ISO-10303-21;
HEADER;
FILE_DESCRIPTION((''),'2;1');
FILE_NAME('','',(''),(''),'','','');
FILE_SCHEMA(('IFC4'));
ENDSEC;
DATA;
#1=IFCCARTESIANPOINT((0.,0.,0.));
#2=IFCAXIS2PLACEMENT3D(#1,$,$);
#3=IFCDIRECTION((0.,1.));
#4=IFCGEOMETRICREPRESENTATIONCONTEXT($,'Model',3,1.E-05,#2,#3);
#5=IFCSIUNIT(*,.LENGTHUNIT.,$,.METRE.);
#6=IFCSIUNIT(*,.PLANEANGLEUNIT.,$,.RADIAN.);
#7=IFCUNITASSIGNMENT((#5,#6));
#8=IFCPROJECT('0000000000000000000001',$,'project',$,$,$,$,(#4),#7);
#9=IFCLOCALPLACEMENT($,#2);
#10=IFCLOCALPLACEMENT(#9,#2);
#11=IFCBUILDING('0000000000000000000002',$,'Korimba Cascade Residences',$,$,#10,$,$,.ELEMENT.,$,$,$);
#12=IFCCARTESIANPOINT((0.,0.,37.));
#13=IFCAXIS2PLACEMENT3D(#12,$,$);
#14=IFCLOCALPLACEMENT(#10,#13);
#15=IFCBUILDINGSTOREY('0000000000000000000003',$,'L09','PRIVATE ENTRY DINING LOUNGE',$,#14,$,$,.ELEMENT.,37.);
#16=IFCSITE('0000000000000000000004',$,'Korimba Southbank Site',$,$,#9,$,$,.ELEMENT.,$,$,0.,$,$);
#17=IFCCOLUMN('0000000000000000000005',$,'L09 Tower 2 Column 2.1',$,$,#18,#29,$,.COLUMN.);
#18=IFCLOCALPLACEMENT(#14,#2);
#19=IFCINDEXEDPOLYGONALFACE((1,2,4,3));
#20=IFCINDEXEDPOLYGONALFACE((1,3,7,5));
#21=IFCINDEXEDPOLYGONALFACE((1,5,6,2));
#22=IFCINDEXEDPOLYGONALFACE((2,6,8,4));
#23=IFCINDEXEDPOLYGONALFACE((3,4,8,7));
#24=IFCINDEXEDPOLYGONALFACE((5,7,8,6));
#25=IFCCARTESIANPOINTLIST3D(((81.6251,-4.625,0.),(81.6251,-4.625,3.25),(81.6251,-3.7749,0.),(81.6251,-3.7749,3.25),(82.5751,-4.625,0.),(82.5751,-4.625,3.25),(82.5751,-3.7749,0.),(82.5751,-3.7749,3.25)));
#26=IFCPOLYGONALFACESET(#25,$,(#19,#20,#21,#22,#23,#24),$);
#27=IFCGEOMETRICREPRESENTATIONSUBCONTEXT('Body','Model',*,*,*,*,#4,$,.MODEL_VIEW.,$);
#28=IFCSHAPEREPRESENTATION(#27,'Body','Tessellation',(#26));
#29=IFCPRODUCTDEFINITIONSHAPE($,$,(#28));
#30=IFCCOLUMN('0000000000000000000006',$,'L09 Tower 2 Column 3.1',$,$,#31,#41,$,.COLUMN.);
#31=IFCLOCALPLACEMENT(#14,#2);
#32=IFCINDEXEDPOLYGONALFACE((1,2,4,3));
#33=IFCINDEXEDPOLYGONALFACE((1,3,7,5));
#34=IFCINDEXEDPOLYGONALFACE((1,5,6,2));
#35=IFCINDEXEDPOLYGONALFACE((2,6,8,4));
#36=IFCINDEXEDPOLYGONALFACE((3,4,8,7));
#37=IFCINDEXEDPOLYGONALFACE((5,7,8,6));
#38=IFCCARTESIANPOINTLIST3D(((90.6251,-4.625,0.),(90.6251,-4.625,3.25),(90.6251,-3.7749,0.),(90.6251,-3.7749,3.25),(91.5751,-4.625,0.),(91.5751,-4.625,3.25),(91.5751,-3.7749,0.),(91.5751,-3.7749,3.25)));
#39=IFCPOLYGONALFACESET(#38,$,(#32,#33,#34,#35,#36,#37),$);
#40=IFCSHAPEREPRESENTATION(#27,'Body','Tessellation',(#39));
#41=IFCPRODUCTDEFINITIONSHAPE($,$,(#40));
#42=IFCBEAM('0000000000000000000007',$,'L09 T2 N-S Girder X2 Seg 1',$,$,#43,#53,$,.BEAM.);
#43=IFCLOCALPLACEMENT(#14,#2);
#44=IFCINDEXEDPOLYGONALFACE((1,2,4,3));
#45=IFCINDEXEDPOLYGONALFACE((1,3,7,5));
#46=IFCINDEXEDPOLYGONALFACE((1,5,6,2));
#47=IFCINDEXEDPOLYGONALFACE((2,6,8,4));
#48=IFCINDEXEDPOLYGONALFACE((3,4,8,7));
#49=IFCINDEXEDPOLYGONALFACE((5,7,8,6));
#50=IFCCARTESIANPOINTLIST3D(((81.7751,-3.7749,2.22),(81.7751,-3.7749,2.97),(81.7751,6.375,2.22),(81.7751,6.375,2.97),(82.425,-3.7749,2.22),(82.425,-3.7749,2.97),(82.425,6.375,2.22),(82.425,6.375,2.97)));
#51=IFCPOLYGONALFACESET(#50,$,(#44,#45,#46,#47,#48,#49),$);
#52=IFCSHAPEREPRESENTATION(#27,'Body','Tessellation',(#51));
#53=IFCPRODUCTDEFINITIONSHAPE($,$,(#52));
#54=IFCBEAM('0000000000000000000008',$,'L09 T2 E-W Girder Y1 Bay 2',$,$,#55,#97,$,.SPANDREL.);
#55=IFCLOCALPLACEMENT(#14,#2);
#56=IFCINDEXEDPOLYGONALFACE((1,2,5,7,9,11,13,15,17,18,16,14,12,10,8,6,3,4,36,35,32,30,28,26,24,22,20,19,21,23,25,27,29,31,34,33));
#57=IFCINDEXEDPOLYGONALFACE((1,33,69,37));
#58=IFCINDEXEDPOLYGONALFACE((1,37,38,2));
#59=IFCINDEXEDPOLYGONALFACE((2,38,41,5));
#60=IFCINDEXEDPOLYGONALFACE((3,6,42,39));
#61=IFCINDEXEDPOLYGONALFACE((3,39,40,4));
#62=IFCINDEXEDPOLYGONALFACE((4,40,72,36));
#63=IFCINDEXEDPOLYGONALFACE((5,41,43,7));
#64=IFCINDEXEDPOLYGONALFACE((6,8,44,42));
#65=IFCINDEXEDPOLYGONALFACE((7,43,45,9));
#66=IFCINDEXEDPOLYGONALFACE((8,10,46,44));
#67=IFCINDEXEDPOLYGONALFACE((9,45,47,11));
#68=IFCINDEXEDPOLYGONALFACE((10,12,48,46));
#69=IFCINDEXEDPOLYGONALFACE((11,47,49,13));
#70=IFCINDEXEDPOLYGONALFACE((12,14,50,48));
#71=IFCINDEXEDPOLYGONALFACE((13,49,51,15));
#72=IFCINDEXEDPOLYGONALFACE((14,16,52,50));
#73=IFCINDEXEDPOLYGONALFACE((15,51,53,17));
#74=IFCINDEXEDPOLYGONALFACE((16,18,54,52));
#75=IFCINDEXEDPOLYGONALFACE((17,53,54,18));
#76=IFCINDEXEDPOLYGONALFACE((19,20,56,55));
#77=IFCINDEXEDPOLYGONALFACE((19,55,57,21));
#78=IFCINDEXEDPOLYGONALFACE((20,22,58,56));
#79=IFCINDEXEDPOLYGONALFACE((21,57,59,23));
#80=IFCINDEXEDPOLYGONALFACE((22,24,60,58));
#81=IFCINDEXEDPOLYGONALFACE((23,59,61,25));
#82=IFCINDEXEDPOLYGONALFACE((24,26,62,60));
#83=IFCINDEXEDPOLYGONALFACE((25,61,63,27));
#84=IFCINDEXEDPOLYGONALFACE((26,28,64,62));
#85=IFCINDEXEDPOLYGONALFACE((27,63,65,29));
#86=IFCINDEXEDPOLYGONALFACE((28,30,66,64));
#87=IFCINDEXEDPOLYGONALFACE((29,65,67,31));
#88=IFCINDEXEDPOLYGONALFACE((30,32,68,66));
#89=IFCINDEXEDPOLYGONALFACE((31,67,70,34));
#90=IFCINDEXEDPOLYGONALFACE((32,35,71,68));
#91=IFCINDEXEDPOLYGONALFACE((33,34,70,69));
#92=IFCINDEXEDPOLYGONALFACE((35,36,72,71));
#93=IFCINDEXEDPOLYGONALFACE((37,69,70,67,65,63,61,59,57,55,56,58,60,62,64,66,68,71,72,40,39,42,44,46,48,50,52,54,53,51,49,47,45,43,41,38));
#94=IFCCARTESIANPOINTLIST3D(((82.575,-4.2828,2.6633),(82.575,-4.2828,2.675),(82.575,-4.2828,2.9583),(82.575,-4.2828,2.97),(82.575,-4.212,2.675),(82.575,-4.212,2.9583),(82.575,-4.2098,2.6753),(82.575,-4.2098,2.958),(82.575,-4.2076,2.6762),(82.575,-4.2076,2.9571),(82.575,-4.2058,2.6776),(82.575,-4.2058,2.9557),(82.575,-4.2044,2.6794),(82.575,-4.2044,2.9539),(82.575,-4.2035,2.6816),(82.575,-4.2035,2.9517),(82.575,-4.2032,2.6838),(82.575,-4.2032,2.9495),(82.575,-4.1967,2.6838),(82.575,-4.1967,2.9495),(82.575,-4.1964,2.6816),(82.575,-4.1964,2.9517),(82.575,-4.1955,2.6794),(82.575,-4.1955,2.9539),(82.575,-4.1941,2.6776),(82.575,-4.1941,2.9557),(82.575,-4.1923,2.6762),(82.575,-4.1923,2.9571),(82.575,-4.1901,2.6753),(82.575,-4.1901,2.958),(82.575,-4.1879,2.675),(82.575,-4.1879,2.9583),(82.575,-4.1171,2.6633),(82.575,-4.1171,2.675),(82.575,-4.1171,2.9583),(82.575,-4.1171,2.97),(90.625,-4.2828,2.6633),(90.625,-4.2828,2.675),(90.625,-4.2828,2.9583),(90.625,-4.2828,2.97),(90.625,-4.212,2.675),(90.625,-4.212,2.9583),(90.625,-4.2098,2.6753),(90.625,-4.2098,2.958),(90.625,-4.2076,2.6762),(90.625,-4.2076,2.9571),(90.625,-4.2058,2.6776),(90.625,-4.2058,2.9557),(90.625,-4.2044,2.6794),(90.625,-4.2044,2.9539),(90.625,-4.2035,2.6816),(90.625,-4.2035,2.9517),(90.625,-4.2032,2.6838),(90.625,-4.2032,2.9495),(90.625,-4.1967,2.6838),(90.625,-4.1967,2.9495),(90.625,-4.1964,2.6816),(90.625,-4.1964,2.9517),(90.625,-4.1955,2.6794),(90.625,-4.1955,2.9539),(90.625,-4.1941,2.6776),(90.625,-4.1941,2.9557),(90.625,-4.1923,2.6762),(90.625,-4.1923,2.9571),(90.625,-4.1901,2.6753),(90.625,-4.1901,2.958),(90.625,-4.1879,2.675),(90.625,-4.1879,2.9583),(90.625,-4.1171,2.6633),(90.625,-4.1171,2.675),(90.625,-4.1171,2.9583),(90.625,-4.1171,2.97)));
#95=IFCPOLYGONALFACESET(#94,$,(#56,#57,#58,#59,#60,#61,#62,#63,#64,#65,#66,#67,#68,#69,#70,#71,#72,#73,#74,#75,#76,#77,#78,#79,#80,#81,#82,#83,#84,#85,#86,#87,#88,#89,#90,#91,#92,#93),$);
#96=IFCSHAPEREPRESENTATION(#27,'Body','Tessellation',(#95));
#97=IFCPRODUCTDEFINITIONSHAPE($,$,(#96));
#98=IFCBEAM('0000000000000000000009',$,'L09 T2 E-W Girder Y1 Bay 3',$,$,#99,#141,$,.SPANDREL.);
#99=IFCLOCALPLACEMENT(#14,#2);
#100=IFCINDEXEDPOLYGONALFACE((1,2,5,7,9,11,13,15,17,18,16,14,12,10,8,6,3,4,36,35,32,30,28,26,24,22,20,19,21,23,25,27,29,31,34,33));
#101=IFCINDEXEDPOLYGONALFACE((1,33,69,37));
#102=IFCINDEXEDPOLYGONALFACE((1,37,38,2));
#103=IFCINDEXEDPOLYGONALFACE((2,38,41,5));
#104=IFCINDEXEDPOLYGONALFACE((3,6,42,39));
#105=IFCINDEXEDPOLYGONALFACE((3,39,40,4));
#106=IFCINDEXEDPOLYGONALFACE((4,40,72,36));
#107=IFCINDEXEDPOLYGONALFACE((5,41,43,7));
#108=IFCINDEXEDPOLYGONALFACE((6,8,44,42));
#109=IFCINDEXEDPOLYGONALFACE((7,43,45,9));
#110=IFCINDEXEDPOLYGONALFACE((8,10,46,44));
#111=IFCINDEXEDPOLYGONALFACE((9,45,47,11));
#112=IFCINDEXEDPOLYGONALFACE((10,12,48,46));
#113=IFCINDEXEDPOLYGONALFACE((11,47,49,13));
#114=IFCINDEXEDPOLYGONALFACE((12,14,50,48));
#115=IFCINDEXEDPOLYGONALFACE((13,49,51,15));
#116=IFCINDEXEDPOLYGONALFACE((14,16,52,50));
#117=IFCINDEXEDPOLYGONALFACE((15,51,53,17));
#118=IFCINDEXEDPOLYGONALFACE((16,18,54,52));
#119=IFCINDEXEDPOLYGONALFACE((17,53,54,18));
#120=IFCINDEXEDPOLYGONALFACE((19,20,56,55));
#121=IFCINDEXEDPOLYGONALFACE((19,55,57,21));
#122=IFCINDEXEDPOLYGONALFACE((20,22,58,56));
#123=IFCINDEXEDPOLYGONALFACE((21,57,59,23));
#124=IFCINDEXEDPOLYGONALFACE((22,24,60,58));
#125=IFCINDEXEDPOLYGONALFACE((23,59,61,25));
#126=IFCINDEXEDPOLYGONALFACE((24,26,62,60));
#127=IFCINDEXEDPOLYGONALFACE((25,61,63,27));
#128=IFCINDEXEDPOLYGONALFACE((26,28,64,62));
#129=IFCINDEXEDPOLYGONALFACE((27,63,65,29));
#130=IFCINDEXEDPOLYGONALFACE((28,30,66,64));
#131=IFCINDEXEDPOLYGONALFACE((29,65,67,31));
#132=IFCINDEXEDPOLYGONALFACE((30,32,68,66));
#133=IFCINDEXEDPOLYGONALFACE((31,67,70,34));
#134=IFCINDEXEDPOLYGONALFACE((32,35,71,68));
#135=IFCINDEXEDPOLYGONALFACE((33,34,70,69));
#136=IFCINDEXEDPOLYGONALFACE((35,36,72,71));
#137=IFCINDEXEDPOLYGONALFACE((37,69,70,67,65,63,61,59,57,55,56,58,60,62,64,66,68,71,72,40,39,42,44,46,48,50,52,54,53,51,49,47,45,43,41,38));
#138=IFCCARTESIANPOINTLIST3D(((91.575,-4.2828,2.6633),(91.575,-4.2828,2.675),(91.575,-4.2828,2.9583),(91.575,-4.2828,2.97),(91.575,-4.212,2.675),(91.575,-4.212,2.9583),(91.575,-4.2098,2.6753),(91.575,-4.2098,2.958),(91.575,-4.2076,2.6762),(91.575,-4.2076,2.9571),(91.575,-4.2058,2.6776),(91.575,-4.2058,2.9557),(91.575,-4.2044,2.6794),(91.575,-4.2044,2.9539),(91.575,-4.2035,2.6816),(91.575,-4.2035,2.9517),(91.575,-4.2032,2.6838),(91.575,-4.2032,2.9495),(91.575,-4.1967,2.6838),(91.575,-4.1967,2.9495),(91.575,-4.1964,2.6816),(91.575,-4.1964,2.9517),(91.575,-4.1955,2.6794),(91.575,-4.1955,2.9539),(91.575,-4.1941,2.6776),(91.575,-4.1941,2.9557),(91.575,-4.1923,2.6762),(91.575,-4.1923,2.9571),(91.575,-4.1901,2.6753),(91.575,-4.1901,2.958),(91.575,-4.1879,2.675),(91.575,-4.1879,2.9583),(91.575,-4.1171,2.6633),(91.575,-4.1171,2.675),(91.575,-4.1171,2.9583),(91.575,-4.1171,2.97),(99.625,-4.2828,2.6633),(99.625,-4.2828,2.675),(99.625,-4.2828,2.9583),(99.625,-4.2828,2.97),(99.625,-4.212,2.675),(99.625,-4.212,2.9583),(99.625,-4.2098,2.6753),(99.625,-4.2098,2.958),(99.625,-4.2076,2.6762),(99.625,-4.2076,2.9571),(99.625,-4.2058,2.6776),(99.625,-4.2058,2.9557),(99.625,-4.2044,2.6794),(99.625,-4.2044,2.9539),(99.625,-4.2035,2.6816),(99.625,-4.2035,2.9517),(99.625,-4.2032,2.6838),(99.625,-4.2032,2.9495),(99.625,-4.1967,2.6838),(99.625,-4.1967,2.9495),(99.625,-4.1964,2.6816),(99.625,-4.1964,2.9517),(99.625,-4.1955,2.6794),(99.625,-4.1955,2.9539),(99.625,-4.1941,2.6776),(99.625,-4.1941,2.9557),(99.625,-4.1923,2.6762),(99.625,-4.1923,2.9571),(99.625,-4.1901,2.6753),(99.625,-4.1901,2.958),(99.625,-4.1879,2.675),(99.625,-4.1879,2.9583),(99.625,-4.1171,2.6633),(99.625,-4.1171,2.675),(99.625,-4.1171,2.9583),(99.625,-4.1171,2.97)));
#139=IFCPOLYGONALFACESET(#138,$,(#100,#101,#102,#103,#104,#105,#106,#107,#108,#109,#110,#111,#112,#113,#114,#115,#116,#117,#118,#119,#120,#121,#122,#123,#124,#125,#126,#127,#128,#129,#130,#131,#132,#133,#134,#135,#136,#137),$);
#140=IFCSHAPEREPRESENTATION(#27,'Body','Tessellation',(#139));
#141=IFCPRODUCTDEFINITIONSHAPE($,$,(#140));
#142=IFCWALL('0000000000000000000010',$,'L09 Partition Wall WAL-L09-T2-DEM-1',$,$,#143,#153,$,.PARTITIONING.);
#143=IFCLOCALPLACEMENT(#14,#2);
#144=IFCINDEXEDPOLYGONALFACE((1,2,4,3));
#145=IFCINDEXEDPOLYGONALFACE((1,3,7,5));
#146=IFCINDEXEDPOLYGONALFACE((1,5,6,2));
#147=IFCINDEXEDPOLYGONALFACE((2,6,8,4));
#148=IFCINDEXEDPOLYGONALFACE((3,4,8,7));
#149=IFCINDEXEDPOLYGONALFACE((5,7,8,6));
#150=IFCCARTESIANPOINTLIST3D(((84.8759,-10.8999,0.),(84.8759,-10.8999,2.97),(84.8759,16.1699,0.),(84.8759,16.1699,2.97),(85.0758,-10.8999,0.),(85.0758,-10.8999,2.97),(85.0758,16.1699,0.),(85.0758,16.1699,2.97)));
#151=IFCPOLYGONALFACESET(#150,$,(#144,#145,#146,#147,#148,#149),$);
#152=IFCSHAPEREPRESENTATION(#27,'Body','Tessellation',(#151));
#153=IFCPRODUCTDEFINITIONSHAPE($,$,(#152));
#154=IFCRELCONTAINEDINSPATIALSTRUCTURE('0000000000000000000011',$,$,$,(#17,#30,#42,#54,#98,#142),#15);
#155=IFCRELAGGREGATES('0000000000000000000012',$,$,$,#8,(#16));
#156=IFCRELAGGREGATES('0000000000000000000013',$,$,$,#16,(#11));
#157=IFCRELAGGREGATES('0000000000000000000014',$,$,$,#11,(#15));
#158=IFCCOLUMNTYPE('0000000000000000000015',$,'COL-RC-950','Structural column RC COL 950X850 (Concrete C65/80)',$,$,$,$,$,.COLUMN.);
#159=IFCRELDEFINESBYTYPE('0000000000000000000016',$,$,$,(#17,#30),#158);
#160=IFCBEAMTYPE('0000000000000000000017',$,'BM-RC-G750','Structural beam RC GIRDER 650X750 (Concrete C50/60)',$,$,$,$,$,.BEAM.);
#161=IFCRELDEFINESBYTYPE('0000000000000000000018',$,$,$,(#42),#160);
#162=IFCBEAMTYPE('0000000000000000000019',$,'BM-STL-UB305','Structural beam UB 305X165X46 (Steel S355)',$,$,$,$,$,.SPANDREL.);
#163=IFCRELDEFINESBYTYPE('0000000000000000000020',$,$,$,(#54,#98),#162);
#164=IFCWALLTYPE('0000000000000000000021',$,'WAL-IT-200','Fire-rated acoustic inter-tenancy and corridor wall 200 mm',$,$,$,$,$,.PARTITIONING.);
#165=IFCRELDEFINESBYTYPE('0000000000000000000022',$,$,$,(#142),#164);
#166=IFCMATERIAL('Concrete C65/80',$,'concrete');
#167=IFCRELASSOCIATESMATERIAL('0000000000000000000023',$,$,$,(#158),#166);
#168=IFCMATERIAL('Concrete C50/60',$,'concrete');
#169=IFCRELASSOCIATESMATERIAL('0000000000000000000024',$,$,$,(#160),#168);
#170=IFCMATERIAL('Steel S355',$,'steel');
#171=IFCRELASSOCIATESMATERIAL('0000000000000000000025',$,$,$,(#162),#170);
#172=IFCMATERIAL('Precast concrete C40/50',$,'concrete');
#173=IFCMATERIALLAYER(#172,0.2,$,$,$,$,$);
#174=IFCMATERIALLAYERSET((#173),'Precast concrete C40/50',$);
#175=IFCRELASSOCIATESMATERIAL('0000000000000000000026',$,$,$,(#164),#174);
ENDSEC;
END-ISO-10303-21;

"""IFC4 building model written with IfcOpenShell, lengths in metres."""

from ifc_helpers import new_model, si_unit, direction, frame, frame_2d, origin, origin_2d, place, context, subcontext, project, spatial, rectangle, i_section, extrude, material, layer, layer_set, material_profile, profile_set, type_object, element, save


model = new_model("IFC4")

# Units and contexts
model_context = context("Model", 3, precision=1e-05, world=origin(), true_north=direction((0.0, 1.0)))
body_context = subcontext(model_context, "Body", "Model", "MODEL_VIEW")
ifc_project = project(units=[si_unit("LENGTHUNIT", "METRE"), si_unit("PLANEANGLEUNIT", "RADIAN")], contexts=[model_context])

# Site, building, storey
site_placement = place(None, origin())
site = spatial("IfcSite", under=ifc_project, at=site_placement, Name="Korimba Southbank Site", CompositionType="ELEMENT", RefElevation=0.0)
building_placement = place(site_placement, origin())
building = spatial("IfcBuilding", under=site, at=building_placement, Name="Korimba Cascade Residences", CompositionType="ELEMENT")
storey_placement = place(building_placement, frame((0.0, 0.0, 37.0)))
storey = spatial("IfcBuildingStorey", under=building, at=storey_placement, Name="L09", Description="PRIVATE ENTRY DINING LOUNGE", CompositionType="ELEMENT", Elevation=37.0)

# Columns
ifc_material_1 = material(Name="Concrete C65/80", Category="concrete")
ifc_material_profile_1 = material_profile(ifc_material_1, rectangle(XDim=0.95, YDim=0.8501, at=origin_2d()), Name="Concrete C65/80")
ifc_profile_set_1 = profile_set([ifc_material_profile_1], Name="Concrete C65/80")
column_type = type_object("IfcColumnType", Name="COL-RC-950", Description="Structural column RC COL 950X850 (Concrete C65/80)", PredefinedType="COLUMN", material=ifc_profile_set_1)
for number, where, z_axis, x_axis, name in (
    (1, (82.1001, -4.2, 0.0), (0.0, 0.0, 1.0), (1.0, 0.0, 0.0), "L09 Tower 2 Column 2.1"),
    (2, (91.1001, -4.2, 0.0), (0.0, 0.0, 1.0), (1.0, 0.0, 0.0), "L09 Tower 2 Column 3.1"),
):
    element("IfcColumn", number, at=place(storey_placement, frame(where, z_axis=z_axis, x_axis=x_axis)), inside=storey, type_object=column_type, Name=name, PredefinedType="COLUMN", context=body_context, shape_type="SweptSolid", body=[
        extrude(rectangle(XDim=0.95, YDim=0.8501, at=origin_2d()), origin(), (0.0, 0.0, 1.0), 3.25),
    ])

# Beams
ifc_material_2 = material(Name="Concrete C50/60", Category="concrete")
ifc_material_profile_2 = material_profile(ifc_material_2, rectangle(XDim=0.6499, YDim=0.75, at=origin_2d()), Name="Concrete C50/60")
ifc_profile_set_2 = profile_set([ifc_material_profile_2], Name="Concrete C50/60")
beam_type_1 = type_object("IfcBeamType", Name="BM-RC-G750", Description="Structural beam RC GIRDER 650X750 (Concrete C50/60)", PredefinedType="BEAM", material=ifc_profile_set_2)
beam_placement = place(storey_placement, frame((82.1001, -3.7749, 2.595), z_axis=(0.0, 1.0, 0.0), x_axis=(-1.0, 0.0, 0.0)))
element("IfcBeam", 3, at=beam_placement, inside=storey, type_object=beam_type_1, Name="L09 T2 N-S Girder X2 Seg 1", PredefinedType="BEAM", context=body_context, shape_type="SweptSolid", body=[
    extrude(rectangle(XDim=0.6499, YDim=0.75, at=origin_2d()), origin(), (0.0, 0.0, 1.0), 10.1499),
])
ifc_material_3 = material(Name="Steel S355", Category="steel")
ifc_material_profile_3 = material_profile(ifc_material_3, i_section(OverallWidth=0.1658, OverallDepth=0.3066, WebThickness=0.0066, FlangeThickness=0.0117, FilletRadius=0.0088, at=origin_2d()), Name="Steel S355")
ifc_profile_set_3 = profile_set([ifc_material_profile_3], Name="Steel S355")
beam_type_2 = type_object("IfcBeamType", Name="BM-STL-UB305", Description="Structural beam UB 305X165X46 (Steel S355)", PredefinedType="SPANDREL", material=ifc_profile_set_3)
for number, where, z_axis, x_axis, name in (
    (4, (82.575, -4.2, 2.8167), (1.0, 0.0, 0.0), (0.0, 1.0, 0.0), "L09 T2 E-W Girder Y1 Bay 2"),
    (5, (91.575, -4.2, 2.8167), (1.0, 0.0, 0.0), (0.0, 1.0, 0.0), "L09 T2 E-W Girder Y1 Bay 3"),
):
    element("IfcBeam", number, at=place(storey_placement, frame(where, z_axis=z_axis, x_axis=x_axis)), inside=storey, type_object=beam_type_2, Name=name, PredefinedType="SPANDREL", context=body_context, shape_type="SweptSolid", body=[
        extrude(i_section(OverallWidth=0.1658, OverallDepth=0.3066, WebThickness=0.0066, FlangeThickness=0.0117, FilletRadius=0.0088, at=origin_2d()), origin(), (0.0, 0.0, 1.0), 8.05),
    ])

# Wall
ifc_material_4 = material(Name="Precast concrete C40/50", Category="concrete")
ifc_layer_1 = layer(ifc_material_4, 0.2)
ifc_layer_set_1 = layer_set([ifc_layer_1], Name="Precast concrete C40/50")
wall_type_1 = type_object("IfcWallType", Name="WAL-IT-200", Description="Fire-rated acoustic inter-tenancy and corridor wall 200 mm", PredefinedType="PARTITIONING", material=ifc_layer_set_1)
wall_1_placement = place(storey_placement, frame((84.9758, -10.8999, 0.0), z_axis=(0.0, 0.0, 1.0), x_axis=(0.0, 1.0, 0.0)))
element("IfcWall", 6, at=wall_1_placement, inside=storey, type_object=wall_type_1, Name="L09 Partition Wall WAL-L09-T2-DEM-1", PredefinedType="PARTITIONING", context=body_context, shape_type="SweptSolid", body=[
    extrude(rectangle(XDim=27.0698, YDim=0.2, at=frame_2d((13.5349, 0.0))), origin(), (0.0, 0.0, 1.0), 2.97),
])

save(model, "model.ifc")
